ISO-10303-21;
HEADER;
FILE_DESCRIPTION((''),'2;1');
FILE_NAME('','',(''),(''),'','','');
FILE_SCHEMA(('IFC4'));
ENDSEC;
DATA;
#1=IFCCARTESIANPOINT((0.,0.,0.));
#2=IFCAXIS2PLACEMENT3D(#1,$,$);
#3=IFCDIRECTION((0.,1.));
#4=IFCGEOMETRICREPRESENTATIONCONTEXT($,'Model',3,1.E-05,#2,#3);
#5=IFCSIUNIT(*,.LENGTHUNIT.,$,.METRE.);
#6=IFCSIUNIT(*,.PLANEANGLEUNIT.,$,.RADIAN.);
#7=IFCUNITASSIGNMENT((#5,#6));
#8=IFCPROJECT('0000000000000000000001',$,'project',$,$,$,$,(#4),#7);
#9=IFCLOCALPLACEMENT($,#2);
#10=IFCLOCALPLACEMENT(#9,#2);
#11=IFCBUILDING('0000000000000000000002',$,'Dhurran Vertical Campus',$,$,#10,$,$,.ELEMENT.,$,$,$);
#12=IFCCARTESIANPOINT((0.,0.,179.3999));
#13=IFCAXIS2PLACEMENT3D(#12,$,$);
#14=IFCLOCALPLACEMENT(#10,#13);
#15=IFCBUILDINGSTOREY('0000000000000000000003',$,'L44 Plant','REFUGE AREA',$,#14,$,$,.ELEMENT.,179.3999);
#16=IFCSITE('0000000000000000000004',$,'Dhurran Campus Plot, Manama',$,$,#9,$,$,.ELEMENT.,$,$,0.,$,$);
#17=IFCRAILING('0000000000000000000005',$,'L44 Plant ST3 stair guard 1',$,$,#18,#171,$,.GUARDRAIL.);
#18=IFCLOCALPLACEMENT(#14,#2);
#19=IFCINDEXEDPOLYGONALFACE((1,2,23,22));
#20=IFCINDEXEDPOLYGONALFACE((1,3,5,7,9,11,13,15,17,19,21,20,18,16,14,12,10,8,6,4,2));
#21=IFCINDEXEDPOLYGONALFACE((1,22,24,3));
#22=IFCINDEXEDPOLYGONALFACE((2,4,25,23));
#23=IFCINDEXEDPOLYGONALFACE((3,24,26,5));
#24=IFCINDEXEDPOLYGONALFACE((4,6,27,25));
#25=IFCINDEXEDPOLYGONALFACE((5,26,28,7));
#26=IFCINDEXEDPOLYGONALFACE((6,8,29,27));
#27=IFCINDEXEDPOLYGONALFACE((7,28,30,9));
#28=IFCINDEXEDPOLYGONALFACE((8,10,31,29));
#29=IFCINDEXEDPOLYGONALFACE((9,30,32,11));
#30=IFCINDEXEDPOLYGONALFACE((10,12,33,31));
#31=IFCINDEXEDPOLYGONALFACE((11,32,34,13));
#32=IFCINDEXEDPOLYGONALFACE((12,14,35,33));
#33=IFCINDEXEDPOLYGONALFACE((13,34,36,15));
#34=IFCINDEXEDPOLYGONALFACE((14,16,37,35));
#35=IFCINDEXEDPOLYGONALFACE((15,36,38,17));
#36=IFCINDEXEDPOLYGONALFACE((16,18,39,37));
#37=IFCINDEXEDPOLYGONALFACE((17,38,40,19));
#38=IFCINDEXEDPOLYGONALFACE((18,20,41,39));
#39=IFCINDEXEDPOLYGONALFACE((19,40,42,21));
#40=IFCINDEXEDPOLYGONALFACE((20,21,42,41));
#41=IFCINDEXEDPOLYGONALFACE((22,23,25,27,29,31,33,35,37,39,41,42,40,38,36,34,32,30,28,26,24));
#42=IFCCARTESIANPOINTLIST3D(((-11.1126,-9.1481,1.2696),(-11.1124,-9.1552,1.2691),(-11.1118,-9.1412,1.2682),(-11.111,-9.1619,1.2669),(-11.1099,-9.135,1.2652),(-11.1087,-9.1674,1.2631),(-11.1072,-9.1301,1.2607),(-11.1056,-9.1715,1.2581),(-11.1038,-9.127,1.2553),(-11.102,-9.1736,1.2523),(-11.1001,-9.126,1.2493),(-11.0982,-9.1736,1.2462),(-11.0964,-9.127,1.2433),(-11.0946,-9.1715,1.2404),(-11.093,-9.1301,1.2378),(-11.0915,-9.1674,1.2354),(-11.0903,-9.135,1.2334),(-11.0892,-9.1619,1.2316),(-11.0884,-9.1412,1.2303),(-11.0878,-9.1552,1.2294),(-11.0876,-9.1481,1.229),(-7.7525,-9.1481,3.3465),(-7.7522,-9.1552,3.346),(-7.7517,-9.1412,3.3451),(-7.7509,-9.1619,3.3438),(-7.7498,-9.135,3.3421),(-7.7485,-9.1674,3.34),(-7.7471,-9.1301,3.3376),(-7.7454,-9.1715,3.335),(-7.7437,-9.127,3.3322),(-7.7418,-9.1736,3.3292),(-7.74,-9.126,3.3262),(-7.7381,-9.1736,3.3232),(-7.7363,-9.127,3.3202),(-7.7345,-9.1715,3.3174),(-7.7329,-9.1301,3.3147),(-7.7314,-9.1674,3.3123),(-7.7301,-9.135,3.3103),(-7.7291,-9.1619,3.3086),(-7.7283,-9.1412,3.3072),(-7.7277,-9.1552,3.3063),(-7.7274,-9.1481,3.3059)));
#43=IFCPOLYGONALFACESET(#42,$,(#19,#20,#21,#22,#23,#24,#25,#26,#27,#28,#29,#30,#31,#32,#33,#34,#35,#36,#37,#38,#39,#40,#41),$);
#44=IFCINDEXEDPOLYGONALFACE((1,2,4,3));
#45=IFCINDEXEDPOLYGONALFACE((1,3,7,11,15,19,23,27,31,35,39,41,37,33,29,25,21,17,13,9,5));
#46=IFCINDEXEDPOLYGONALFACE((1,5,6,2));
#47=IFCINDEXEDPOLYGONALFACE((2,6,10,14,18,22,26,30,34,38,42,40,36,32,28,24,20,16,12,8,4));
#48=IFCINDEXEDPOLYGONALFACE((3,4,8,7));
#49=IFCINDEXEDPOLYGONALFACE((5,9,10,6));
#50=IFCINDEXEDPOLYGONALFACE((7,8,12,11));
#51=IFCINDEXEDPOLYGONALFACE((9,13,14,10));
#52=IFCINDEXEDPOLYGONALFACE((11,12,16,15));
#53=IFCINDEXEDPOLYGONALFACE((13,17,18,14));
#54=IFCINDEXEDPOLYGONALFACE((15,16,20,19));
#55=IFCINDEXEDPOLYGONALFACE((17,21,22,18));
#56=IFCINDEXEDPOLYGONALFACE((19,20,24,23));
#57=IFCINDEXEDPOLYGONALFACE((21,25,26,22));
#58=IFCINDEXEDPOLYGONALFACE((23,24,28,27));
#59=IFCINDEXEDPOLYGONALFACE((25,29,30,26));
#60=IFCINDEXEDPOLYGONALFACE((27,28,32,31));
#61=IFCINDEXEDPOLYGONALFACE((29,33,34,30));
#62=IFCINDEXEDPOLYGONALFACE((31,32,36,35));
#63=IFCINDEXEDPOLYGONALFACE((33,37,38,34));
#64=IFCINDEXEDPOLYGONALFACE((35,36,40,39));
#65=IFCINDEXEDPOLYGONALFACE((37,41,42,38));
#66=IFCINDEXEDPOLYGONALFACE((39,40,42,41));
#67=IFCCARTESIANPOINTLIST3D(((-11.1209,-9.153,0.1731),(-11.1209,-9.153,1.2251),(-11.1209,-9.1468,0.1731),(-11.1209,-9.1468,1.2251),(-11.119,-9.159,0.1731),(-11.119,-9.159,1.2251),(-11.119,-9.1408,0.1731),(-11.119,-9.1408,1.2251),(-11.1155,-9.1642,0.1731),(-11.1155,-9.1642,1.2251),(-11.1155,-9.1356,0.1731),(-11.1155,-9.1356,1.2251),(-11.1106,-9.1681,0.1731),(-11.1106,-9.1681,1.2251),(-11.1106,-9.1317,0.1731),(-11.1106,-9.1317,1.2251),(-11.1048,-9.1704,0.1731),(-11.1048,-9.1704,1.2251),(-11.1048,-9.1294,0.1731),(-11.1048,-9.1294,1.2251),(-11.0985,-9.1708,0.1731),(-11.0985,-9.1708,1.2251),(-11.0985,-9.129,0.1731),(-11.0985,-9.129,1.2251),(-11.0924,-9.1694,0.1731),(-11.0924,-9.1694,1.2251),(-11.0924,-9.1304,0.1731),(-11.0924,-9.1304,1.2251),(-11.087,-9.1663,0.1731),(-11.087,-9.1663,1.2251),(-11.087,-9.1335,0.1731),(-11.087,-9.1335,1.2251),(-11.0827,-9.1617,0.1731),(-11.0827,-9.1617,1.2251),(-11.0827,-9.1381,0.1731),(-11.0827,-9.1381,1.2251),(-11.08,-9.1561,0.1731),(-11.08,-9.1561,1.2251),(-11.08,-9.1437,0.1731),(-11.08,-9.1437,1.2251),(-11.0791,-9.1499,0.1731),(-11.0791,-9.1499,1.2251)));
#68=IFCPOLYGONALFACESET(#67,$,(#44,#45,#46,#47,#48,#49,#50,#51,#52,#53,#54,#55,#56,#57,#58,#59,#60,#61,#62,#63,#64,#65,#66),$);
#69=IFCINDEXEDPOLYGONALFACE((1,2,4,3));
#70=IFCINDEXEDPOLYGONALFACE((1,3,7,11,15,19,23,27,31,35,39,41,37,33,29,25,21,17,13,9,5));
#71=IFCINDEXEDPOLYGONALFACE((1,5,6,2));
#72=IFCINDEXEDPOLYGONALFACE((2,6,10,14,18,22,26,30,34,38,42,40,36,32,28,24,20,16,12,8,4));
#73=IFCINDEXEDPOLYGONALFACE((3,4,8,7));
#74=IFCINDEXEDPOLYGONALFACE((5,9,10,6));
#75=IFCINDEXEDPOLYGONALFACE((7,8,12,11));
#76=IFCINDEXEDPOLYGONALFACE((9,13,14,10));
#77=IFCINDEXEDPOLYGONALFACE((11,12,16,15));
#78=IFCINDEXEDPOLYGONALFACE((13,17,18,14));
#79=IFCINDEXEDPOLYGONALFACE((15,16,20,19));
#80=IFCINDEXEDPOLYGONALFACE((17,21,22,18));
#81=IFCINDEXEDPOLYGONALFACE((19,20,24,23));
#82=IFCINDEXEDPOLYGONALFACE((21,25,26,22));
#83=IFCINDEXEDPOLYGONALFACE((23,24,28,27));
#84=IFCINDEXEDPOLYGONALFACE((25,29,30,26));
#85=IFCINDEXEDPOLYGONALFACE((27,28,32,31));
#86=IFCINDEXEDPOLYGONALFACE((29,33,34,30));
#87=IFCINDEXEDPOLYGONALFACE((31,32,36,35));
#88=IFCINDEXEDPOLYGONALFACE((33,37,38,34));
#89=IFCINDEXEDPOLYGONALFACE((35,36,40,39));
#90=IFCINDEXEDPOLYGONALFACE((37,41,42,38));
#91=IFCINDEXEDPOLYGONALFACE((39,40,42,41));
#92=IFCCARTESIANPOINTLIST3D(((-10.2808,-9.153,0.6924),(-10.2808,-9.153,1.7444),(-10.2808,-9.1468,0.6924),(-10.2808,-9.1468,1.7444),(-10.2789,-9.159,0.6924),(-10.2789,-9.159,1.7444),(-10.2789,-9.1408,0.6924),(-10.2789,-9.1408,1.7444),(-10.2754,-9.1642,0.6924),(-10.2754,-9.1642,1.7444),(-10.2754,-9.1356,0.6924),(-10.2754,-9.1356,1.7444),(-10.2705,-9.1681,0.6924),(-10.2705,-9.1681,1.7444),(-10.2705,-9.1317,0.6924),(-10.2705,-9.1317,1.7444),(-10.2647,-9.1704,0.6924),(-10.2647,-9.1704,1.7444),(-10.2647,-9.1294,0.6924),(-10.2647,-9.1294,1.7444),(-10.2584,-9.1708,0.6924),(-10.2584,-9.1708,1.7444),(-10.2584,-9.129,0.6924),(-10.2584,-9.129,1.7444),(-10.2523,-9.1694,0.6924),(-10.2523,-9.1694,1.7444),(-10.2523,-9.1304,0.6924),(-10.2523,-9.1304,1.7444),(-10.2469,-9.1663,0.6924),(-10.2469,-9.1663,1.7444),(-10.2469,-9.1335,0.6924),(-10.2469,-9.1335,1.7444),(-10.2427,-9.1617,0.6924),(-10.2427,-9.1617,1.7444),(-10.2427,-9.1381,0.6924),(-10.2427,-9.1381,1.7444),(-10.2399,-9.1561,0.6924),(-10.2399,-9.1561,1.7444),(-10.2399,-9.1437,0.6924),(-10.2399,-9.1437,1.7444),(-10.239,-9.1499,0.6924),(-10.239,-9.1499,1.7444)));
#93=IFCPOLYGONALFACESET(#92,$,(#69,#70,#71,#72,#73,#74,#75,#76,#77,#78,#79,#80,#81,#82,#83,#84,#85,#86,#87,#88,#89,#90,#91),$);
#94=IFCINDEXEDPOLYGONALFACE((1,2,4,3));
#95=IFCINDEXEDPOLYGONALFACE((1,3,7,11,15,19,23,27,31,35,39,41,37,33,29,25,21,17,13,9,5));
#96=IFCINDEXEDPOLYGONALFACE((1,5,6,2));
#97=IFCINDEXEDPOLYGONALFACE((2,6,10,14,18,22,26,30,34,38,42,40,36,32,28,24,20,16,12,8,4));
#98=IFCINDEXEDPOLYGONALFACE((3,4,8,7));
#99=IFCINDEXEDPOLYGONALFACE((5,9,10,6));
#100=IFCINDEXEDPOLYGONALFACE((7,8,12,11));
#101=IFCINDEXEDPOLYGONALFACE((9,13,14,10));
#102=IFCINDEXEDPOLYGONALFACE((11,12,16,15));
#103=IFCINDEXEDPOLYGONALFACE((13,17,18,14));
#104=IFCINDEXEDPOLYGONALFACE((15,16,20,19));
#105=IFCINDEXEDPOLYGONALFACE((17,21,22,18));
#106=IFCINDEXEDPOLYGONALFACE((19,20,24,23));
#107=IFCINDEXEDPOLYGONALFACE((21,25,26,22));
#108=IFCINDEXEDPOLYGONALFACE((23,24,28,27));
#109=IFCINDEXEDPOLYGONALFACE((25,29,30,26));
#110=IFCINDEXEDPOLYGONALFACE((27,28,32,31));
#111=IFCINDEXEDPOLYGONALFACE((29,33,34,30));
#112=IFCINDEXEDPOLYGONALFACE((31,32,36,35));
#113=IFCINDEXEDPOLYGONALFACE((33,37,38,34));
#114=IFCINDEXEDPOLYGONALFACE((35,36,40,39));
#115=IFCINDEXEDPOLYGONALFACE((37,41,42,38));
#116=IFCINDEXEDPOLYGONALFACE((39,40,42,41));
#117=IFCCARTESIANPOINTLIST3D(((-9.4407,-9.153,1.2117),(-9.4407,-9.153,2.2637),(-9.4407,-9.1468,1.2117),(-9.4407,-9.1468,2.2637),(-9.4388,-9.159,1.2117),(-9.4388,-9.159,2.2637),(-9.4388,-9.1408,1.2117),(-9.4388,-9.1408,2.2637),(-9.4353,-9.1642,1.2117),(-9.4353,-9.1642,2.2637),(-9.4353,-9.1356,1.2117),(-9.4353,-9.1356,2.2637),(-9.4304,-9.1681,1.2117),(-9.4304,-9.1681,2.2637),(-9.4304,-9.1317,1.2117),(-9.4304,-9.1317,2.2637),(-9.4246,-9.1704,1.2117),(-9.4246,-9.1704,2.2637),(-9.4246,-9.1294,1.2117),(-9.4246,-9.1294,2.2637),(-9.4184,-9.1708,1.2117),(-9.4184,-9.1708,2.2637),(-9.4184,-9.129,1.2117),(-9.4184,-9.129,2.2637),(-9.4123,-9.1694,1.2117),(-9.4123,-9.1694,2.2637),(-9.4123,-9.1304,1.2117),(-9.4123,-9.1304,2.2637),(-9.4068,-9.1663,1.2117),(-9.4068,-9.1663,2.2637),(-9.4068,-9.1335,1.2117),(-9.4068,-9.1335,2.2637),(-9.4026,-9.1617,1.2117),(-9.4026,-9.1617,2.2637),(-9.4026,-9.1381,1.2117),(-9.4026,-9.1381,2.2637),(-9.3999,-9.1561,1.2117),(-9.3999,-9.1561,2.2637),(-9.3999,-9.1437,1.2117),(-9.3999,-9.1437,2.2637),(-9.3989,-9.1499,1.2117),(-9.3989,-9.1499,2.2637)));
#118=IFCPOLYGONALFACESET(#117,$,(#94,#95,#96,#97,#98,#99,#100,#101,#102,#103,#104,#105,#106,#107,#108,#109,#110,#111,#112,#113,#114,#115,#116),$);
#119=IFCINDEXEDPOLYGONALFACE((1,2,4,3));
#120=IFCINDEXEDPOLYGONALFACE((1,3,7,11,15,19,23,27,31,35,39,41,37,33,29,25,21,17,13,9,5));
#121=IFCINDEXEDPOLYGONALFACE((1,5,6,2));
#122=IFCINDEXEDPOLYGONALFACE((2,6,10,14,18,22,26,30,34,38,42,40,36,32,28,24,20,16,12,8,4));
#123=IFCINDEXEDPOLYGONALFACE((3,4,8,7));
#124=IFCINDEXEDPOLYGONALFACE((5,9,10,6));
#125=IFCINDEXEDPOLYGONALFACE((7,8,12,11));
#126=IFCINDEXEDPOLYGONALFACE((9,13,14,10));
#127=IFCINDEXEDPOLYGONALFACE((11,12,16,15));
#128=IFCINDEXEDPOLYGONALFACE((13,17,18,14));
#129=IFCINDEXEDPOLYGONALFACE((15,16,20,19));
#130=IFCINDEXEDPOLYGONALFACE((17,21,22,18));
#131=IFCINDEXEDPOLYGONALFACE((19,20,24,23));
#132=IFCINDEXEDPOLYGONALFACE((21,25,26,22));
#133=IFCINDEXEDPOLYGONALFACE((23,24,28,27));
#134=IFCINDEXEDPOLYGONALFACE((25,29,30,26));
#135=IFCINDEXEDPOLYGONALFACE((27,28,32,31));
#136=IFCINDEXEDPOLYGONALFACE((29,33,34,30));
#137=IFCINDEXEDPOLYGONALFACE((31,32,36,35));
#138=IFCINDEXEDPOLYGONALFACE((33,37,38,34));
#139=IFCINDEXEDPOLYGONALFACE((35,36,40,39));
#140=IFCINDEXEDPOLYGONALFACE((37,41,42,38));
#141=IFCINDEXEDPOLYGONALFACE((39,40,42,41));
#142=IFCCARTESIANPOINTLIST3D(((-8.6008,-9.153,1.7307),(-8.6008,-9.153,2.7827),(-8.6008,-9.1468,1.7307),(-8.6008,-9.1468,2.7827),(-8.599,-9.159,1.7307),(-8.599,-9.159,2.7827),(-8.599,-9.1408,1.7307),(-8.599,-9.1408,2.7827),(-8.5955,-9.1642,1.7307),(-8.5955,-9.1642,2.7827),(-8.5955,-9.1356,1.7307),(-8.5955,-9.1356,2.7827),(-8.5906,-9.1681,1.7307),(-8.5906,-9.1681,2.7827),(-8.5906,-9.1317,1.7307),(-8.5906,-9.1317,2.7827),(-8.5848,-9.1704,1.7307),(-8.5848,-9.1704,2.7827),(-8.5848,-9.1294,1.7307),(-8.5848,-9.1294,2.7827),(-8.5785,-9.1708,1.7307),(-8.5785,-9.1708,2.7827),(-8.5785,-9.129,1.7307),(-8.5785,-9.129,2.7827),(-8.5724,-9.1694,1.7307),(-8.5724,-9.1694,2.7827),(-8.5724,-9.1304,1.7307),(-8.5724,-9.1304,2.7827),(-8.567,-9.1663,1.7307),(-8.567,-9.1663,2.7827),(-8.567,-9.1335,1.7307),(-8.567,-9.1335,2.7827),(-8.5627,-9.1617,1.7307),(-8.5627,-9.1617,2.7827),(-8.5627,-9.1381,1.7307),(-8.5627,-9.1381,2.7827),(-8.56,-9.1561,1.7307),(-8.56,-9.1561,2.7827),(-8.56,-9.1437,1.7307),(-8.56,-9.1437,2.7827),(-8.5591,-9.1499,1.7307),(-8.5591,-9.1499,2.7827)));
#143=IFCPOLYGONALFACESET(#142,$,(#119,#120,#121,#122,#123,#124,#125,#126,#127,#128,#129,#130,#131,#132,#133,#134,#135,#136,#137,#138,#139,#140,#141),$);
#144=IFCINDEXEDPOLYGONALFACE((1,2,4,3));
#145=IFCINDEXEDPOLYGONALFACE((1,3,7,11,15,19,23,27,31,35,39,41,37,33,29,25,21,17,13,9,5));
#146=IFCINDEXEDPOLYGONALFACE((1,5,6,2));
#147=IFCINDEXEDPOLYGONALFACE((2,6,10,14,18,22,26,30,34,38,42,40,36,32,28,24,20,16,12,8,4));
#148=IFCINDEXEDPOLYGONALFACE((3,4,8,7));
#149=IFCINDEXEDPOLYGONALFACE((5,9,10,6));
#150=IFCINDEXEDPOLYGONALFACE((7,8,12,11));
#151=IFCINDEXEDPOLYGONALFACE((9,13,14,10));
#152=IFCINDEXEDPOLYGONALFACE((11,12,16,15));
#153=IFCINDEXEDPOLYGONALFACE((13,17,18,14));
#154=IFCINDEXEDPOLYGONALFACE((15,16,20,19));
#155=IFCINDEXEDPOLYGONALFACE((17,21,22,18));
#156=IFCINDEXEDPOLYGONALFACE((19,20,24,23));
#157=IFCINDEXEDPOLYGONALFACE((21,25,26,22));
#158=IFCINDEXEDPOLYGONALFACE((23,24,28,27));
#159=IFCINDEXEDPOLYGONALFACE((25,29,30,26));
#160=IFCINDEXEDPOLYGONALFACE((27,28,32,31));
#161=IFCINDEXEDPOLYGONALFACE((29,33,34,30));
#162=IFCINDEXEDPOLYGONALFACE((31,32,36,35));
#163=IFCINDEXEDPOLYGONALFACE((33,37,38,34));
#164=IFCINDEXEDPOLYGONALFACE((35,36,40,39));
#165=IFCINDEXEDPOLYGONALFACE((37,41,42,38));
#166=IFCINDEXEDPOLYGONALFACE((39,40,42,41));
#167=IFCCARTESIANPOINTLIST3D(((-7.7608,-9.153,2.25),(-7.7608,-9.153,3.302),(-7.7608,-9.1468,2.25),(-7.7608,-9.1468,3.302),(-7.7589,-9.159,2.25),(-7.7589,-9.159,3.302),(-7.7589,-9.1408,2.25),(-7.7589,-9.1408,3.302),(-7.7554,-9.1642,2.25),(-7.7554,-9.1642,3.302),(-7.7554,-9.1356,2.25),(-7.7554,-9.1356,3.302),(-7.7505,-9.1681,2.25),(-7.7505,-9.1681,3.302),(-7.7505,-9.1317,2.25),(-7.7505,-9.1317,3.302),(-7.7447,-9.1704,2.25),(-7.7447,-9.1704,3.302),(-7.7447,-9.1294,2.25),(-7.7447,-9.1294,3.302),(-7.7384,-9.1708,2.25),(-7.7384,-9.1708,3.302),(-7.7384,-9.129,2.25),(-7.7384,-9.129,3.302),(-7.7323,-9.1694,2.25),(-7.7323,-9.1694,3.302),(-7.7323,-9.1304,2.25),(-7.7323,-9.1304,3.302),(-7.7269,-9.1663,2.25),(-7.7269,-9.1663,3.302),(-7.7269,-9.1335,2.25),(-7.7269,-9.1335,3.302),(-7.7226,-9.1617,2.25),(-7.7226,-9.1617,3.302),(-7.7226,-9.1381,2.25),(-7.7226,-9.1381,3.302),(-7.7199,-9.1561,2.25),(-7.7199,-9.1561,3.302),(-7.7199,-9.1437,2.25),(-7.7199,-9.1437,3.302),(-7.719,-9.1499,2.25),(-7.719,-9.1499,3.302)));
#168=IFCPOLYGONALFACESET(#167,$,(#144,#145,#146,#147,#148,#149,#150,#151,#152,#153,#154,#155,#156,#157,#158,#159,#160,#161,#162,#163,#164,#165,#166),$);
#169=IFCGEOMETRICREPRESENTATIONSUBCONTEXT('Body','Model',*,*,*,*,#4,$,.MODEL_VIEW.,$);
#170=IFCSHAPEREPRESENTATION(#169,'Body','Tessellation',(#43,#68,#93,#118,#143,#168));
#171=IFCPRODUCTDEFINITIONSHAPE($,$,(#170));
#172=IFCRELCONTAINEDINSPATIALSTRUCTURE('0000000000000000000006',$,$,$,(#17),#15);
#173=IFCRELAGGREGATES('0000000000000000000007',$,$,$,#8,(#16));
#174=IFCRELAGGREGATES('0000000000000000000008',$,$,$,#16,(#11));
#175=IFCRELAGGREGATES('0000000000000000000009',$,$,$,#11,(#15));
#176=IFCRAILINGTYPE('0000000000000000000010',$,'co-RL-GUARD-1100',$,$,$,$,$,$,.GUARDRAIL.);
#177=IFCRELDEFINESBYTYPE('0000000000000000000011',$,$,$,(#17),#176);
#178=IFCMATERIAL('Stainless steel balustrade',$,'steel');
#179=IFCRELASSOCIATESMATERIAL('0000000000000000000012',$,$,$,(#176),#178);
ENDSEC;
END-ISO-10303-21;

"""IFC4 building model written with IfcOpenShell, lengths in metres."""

from ifc_helpers import new_model, si_unit, direction, frame, origin, origin_2d, place, context, subcontext, project, spatial, circle, extrude, material, type_object, element, save


model = new_model("IFC4")

# Units and contexts
model_context = context("Model", 3, precision=1e-05, world=origin(), true_north=direction((0.0, 1.0)))
body_context = subcontext(model_context, "Body", "Model", "MODEL_VIEW")
ifc_project = project(units=[si_unit("LENGTHUNIT", "METRE"), si_unit("PLANEANGLEUNIT", "RADIAN")], contexts=[model_context])

# Site, building, storey
site_placement = place(None, origin())
site = spatial("IfcSite", under=ifc_project, at=site_placement, Name="Dhurran Campus Plot, Manama", CompositionType="ELEMENT", RefElevation=0.0)
building_placement = place(site_placement, origin())
building = spatial("IfcBuilding", under=site, at=building_placement, Name="Dhurran Vertical Campus", CompositionType="ELEMENT")
storey_placement = place(building_placement, frame((0.0, 0.0, 179.3999)))
storey = spatial("IfcBuildingStorey", under=building, at=storey_placement, Name="L44 Plant", Description="REFUGE AREA", CompositionType="ELEMENT", Elevation=179.3999)

# Railing
ifc_material_1 = material(Name="Stainless steel balustrade", Category="steel")
railing_type_1 = type_object("IfcRailingType", Name="co-RL-GUARD-1100", PredefinedType="GUARDRAIL", material=ifc_material_1)
railing_1_placement = place(storey_placement, frame((-11.1001, -9.1499, 0.1731)))
element("IfcRailing", 1, at=railing_1_placement, inside=storey, type_object=railing_type_1, Name="L44 Plant ST3 stair guard 1", PredefinedType="GUARDRAIL", context=body_context, shape_type="SweptSolid", body=[
    extrude(circle(Radius=0.0239, at=origin_2d()), frame((0.0, 0.0, 1.0762), z_axis=(0.850623, 0.0, 0.525776), x_axis=(0.0, 1.0, 0.0)), (0.0, 0.0, 1.0), 3.9502),
    extrude(circle(Radius=0.021, at=origin_2d()), origin(), (0.0, 0.0, 1.0), 1.052),
    extrude(circle(Radius=0.021, at=origin_2d()), frame((0.8401, 0.0, 0.5193)), (0.0, 0.0, 1.0), 1.052),
    extrude(circle(Radius=0.021, at=origin_2d()), frame((1.6802, 0.0, 1.0386)), (0.0, 0.0, 1.0), 1.052),
    extrude(circle(Radius=0.021, at=origin_2d()), frame((2.52, 0.0, 1.5576)), (0.0, 0.0, 1.0), 1.052),
    extrude(circle(Radius=0.021, at=origin_2d()), frame((3.3601, 0.0, 2.0769)), (0.0, 0.0, 1.0), 1.052),
])

save(model, "model.ifc")
